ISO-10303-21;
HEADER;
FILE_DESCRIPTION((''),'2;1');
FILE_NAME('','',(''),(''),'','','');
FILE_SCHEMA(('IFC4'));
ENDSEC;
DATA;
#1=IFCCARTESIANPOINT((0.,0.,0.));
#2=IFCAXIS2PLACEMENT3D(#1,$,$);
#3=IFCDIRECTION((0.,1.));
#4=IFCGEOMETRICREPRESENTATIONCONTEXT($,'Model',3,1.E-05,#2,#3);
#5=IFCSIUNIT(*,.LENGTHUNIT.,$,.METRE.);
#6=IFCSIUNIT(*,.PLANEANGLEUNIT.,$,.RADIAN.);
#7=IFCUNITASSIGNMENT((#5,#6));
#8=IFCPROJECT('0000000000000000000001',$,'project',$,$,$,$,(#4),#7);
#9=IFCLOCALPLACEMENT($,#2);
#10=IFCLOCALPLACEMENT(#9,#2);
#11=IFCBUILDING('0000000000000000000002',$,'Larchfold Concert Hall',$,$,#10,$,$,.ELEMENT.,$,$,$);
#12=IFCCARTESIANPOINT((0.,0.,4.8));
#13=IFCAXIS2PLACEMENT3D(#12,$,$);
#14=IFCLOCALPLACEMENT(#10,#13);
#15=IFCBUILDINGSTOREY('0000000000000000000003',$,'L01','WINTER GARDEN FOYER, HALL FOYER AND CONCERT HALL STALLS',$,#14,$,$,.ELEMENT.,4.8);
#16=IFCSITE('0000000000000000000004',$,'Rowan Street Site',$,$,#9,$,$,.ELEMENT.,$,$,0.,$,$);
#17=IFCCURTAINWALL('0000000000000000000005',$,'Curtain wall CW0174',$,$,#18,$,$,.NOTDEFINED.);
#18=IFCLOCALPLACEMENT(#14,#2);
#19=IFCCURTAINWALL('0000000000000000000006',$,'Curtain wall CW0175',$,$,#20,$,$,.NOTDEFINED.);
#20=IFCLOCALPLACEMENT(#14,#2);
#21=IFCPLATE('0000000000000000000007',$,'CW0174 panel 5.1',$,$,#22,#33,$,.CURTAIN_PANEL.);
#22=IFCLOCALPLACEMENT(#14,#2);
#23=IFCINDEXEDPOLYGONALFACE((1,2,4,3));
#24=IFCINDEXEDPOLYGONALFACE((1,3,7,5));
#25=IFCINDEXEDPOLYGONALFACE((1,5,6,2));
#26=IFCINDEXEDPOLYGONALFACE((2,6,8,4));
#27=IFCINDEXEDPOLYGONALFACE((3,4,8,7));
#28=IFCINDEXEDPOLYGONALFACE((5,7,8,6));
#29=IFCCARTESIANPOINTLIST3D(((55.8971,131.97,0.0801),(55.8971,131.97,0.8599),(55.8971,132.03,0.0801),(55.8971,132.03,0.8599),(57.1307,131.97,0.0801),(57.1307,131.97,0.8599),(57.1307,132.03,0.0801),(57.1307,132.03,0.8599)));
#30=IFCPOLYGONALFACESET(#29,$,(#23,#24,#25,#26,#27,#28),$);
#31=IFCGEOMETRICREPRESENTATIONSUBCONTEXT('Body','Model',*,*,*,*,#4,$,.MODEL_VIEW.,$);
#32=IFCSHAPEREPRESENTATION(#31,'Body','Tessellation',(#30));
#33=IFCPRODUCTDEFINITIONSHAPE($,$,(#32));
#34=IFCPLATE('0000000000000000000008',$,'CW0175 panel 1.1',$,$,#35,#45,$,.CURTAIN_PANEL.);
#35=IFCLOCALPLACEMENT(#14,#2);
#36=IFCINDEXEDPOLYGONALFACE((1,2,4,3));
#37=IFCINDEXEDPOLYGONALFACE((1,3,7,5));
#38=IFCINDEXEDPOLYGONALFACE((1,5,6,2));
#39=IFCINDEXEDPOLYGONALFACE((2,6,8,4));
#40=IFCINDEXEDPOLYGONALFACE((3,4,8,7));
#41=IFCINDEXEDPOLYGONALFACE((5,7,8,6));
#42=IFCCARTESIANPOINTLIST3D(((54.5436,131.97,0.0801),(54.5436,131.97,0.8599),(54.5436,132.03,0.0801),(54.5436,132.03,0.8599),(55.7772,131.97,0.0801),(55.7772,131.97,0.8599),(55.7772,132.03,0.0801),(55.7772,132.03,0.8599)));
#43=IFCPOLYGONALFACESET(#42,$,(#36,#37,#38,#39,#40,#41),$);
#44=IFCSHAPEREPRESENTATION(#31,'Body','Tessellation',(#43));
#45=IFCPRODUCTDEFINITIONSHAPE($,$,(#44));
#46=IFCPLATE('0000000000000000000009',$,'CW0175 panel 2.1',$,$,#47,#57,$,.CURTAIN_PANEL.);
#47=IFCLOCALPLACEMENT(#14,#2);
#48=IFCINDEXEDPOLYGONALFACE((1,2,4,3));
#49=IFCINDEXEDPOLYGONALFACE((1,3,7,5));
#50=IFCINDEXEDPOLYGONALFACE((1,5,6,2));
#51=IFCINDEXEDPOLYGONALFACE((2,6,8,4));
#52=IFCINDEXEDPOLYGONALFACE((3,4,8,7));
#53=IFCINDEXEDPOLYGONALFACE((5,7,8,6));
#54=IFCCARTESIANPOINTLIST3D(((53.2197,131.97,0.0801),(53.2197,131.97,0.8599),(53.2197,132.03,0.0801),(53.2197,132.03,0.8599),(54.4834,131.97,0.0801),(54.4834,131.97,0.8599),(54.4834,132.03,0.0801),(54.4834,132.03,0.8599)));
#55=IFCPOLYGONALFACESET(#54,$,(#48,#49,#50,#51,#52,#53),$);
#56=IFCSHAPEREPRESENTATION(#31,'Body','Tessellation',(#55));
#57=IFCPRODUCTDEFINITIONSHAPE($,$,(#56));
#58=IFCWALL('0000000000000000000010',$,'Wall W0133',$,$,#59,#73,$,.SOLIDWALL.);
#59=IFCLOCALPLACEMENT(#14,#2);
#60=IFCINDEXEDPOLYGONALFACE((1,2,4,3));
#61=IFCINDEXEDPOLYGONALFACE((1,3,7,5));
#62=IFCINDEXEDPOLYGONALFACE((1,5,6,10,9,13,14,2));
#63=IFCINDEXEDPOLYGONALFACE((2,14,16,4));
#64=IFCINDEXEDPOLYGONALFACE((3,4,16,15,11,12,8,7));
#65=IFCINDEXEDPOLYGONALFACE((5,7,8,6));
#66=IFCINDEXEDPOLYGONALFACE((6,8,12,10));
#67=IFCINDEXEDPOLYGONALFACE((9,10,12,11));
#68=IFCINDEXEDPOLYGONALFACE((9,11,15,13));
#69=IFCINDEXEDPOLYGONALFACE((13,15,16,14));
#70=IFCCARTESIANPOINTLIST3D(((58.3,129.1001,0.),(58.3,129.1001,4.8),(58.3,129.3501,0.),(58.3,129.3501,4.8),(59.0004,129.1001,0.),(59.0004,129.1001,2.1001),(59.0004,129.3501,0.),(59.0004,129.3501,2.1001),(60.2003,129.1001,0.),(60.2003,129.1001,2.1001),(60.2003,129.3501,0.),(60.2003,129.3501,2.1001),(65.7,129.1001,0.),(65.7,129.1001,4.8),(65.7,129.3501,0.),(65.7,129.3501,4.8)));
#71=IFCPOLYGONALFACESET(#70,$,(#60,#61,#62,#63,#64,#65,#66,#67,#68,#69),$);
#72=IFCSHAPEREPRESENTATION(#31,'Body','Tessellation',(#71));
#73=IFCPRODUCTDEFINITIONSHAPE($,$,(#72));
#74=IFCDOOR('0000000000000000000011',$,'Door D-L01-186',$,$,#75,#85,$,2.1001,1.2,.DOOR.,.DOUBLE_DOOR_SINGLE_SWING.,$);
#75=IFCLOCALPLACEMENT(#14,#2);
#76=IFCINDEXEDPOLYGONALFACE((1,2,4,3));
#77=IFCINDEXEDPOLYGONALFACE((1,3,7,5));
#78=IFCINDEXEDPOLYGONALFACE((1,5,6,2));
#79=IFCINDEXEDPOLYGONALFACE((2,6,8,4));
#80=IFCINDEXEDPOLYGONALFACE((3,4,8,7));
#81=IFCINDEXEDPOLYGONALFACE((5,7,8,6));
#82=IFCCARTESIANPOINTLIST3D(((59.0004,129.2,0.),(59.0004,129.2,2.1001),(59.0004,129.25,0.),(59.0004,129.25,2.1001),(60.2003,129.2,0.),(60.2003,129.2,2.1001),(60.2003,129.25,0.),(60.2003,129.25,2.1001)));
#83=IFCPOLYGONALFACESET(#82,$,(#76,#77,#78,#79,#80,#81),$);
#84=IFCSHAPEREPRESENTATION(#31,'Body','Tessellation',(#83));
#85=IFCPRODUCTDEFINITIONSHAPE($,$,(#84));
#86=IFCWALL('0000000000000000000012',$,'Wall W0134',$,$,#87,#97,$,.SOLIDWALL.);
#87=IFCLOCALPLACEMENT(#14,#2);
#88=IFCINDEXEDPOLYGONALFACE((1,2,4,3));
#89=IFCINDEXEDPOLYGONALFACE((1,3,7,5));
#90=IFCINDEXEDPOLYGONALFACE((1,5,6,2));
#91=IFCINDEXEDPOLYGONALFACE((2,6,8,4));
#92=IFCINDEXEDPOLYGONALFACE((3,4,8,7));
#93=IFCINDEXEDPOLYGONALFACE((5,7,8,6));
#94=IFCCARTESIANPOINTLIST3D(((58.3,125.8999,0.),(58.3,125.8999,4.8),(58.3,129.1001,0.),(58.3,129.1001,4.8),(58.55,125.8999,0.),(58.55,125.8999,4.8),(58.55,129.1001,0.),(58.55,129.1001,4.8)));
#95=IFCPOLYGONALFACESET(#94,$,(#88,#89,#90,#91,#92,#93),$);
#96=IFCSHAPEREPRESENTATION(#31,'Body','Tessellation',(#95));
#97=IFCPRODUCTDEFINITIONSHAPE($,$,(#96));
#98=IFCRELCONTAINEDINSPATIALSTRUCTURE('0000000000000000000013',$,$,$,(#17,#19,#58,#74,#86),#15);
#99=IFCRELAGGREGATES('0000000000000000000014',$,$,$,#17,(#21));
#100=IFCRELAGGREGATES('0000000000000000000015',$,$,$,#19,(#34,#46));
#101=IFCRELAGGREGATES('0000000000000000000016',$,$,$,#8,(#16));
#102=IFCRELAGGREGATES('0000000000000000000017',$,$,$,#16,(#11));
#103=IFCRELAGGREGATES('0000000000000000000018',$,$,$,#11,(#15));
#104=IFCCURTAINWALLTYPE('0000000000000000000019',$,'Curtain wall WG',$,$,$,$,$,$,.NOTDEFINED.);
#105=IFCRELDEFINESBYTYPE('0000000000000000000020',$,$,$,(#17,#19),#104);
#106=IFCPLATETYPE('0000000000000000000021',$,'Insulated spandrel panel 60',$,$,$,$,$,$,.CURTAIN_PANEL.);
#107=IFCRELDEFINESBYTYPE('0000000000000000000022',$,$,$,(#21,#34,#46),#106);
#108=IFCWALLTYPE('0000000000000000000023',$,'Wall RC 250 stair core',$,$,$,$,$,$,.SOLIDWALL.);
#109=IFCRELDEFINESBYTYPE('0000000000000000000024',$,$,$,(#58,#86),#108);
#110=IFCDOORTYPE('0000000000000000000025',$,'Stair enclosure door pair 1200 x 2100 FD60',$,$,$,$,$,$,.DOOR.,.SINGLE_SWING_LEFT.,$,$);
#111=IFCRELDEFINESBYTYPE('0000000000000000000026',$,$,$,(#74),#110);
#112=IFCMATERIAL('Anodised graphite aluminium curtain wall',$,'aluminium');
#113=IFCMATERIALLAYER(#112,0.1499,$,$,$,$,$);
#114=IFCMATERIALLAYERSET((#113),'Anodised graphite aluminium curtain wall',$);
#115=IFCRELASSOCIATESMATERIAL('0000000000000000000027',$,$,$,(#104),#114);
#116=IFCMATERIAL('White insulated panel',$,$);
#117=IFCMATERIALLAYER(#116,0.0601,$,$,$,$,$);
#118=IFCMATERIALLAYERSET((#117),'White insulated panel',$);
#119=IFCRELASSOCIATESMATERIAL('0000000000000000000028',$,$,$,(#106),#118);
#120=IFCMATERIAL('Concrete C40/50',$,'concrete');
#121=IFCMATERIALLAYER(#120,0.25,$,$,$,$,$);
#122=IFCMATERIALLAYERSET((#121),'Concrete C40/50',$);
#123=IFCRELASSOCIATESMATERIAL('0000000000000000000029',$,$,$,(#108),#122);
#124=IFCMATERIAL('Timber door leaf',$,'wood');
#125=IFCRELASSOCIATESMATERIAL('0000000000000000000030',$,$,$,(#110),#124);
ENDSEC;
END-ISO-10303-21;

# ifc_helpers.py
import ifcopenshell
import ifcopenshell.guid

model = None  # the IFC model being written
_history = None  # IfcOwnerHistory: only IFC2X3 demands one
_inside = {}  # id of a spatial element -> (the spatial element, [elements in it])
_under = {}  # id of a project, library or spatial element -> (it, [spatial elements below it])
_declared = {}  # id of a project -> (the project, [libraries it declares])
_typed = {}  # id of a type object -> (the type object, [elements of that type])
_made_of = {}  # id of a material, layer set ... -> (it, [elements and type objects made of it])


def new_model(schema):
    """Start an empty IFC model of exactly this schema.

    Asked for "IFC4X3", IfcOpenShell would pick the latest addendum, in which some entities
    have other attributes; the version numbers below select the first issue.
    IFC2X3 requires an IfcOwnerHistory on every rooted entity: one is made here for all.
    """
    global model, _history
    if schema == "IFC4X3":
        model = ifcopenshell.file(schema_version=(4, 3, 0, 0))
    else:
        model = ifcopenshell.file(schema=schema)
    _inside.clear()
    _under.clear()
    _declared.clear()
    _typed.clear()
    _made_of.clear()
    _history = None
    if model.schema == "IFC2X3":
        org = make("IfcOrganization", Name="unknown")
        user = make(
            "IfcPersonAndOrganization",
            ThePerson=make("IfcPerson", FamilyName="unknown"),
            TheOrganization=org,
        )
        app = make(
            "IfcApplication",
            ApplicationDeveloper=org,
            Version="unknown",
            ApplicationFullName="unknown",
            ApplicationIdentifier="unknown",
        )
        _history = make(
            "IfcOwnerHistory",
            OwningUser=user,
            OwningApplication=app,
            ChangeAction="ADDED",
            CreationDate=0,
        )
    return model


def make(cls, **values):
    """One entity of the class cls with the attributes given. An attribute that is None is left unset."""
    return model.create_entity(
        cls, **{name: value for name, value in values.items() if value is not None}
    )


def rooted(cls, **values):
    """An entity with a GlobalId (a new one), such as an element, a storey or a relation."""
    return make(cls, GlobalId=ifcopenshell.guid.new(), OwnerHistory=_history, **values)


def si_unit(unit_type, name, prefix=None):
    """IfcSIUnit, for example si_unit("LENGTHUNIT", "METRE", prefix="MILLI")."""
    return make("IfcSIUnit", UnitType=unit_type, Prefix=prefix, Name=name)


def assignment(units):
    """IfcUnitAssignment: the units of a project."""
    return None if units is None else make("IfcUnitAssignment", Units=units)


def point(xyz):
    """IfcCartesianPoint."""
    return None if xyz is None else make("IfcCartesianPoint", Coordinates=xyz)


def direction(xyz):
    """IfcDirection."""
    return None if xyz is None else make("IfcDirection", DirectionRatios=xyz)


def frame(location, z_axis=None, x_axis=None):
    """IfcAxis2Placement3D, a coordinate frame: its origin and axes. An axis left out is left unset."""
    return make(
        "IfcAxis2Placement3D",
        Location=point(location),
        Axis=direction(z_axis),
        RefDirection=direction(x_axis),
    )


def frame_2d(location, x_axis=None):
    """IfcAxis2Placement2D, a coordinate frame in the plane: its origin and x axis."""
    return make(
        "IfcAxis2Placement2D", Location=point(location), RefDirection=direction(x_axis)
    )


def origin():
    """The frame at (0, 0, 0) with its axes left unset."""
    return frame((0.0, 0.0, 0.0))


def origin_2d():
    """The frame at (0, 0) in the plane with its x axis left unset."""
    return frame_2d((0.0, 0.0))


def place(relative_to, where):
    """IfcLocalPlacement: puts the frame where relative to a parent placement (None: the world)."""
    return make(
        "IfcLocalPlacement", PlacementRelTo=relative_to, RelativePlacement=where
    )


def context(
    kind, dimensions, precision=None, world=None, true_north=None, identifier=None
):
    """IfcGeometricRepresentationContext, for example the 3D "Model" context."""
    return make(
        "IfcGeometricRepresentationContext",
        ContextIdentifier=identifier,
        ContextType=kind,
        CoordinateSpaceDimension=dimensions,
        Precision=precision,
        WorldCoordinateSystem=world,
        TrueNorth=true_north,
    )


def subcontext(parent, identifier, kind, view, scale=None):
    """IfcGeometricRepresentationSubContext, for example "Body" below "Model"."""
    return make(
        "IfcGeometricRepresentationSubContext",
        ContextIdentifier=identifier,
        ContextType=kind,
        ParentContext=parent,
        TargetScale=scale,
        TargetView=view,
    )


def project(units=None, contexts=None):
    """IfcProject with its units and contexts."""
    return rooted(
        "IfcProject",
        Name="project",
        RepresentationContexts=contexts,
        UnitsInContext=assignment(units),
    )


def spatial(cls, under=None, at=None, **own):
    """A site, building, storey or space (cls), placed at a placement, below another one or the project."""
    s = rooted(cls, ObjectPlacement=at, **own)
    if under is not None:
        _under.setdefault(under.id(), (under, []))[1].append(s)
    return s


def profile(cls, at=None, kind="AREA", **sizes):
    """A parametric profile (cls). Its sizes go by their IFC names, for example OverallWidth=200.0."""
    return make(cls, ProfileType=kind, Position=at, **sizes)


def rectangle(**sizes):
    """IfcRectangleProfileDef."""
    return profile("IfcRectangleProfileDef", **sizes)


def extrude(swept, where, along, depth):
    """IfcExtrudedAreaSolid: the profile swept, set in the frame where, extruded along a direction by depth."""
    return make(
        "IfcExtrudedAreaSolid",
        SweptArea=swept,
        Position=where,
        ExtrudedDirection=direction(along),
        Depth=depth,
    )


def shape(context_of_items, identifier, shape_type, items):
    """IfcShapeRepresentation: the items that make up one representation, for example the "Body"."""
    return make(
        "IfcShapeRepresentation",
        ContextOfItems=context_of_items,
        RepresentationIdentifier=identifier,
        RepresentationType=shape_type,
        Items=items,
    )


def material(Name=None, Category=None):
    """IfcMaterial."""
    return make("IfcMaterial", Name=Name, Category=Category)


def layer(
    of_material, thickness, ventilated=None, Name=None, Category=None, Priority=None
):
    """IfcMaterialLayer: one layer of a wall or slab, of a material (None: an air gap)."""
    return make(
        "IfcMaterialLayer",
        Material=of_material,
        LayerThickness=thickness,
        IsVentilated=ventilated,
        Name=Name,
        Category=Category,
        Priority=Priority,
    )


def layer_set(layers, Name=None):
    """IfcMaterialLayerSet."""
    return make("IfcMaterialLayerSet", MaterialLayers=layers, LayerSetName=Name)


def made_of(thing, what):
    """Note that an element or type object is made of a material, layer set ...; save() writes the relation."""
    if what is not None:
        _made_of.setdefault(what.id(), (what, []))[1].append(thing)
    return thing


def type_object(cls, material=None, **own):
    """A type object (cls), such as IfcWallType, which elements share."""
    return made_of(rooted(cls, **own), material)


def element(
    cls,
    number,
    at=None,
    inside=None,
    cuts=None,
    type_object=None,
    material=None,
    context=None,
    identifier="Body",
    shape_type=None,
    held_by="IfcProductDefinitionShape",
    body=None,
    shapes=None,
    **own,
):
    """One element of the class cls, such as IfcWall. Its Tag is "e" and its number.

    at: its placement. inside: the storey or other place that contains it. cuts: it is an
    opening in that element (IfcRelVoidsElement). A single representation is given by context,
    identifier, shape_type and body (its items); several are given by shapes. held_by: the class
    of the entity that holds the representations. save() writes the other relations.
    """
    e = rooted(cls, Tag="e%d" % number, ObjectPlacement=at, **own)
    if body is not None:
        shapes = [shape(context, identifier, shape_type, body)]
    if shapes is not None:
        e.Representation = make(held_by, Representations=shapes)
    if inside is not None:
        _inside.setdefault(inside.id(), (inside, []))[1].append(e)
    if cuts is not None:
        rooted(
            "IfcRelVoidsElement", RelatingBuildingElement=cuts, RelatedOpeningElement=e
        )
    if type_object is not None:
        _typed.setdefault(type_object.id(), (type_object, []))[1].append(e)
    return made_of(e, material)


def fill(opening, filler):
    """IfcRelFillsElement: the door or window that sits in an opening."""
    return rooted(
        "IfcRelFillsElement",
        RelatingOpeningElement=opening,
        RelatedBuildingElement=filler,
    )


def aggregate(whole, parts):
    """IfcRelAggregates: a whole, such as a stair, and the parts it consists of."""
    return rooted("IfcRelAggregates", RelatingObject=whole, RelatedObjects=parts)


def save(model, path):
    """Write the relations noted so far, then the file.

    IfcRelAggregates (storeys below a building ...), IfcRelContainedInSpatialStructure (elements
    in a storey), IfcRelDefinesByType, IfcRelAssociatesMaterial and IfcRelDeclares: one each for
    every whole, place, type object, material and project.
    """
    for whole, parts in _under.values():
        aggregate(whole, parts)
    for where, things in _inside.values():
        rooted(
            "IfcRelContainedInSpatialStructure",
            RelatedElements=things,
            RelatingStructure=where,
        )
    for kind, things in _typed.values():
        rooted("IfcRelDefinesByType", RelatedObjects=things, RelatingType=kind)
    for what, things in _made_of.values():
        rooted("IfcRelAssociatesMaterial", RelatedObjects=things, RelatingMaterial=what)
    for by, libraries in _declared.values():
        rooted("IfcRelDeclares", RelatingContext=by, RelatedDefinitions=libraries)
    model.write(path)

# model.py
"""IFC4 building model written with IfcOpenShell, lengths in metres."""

from ifc_helpers import new_model, si_unit, direction, frame, frame_2d, origin, origin_2d, place, context, subcontext, project, spatial, rectangle, extrude, material, layer, layer_set, type_object, element, fill, aggregate, save


model = new_model("IFC4")

# Units and contexts
model_context = context("Model", 3, precision=1e-05, world=origin(), true_north=direction((0.0, 1.0)))
body_context = subcontext(model_context, "Body", "Model", "MODEL_VIEW")
ifc_project = project(units=[si_unit("LENGTHUNIT", "METRE"), si_unit("PLANEANGLEUNIT", "RADIAN")], contexts=[model_context])

# Site, building, storey
site_placement = place(None, origin())
site = spatial("IfcSite", under=ifc_project, at=site_placement, Name="Rowan Street Site", CompositionType="ELEMENT", RefElevation=0.0)
building_placement = place(site_placement, origin())
building = spatial("IfcBuilding", under=site, at=building_placement, Name="Larchfold Concert Hall", CompositionType="ELEMENT")
storey_placement = place(building_placement, frame((0.0, 0.0, 4.8)))
storey = spatial("IfcBuildingStorey", under=building, at=storey_placement, Name="L01", Description="WINTER GARDEN FOYER, HALL FOYER AND CONCERT HALL STALLS", CompositionType="ELEMENT", Elevation=4.8)

# Curtain walls
ifc_material_1 = material(Name="Anodised graphite aluminium curtain wall", Category="aluminium")
ifc_layer_1 = layer(ifc_material_1, 0.1499)
ifc_layer_set_1 = layer_set([ifc_layer_1], Name="Anodised graphite aluminium curtain wall")
curtain_wall_type = type_object("IfcCurtainWallType", Name="Curtain wall WG", PredefinedType="NOTDEFINED", material=ifc_layer_set_1)
curtain_wall_1_placement = place(storey_placement, origin())
curtain_wall_1 = element("IfcCurtainWall", 1, at=curtain_wall_1_placement, inside=storey, type_object=curtain_wall_type, Name="Curtain wall CW0174", PredefinedType="NOTDEFINED")
curtain_wall_2_placement = place(storey_placement, origin())
curtain_wall_2 = element("IfcCurtainWall", 2, at=curtain_wall_2_placement, inside=storey, type_object=curtain_wall_type, Name="Curtain wall CW0175", PredefinedType="NOTDEFINED")

# Plates
ifc_material_2 = material(Name="White insulated panel")
ifc_layer_2 = layer(ifc_material_2, 0.0601)
ifc_layer_set_2 = layer_set([ifc_layer_2], Name="White insulated panel")
plate_type_1 = type_object("IfcPlateType", Name="Insulated spandrel panel 60", PredefinedType="CURTAIN_PANEL", material=ifc_layer_set_2)
plate_1_placement = place(storey_placement, frame((56.5139, 132.0, 0.0801), z_axis=(0.0, 0.0, 1.0), x_axis=(-1.0, 0.0, 0.0)))
plate_1 = element("IfcPlate", 3, at=plate_1_placement, type_object=plate_type_1, Name="CW0174 panel 5.1", PredefinedType="CURTAIN_PANEL", context=body_context, shape_type="SweptSolid", body=[
    extrude(rectangle(XDim=1.2336, YDim=0.0601, at=origin_2d()), origin(), (0.0, 0.0, 1.0), 0.7798),
])
aggregate(curtain_wall_1, [plate_1])
plate_2_placement = place(storey_placement, frame((55.1604, 132.0, 0.0801), z_axis=(0.0, 0.0, 1.0), x_axis=(-1.0, 0.0, 0.0)))
plate_2 = element("IfcPlate", 4, at=plate_2_placement, type_object=plate_type_1, Name="CW0175 panel 1.1", PredefinedType="CURTAIN_PANEL", context=body_context, shape_type="SweptSolid", body=[
    extrude(rectangle(XDim=1.2336, YDim=0.0601, at=origin_2d()), origin(), (0.0, 0.0, 1.0), 0.7798),
])
plate_3_placement = place(storey_placement, frame((53.8516, 132.0, 0.0801), z_axis=(0.0, 0.0, 1.0), x_axis=(-1.0, 0.0, 0.0)))
plate_3 = element("IfcPlate", 5, at=plate_3_placement, type_object=plate_type_1, Name="CW0175 panel 2.1", PredefinedType="CURTAIN_PANEL", context=body_context, shape_type="SweptSolid", body=[
    extrude(rectangle(XDim=1.2637, YDim=0.0601, at=origin_2d()), origin(), (0.0, 0.0, 1.0), 0.7798),
])
aggregate(curtain_wall_2, [plate_2, plate_3])

# Wall, opening, door
ifc_material_3 = material(Name="Concrete C40/50", Category="concrete")
ifc_layer_3 = layer(ifc_material_3, 0.25)
ifc_layer_set_3 = layer_set([ifc_layer_3], Name="Concrete C40/50")
wall_type = type_object("IfcWallType", Name="Wall RC 250 stair core", PredefinedType="SOLIDWALL", material=ifc_layer_set_3)
wall_1_placement = place(storey_placement, frame((58.3, 129.2251, 0.0), z_axis=(0.0, 0.0, 1.0), x_axis=(1.0, 0.0, 0.0)))
wall_1 = element("IfcWall", 6, at=wall_1_placement, inside=storey, type_object=wall_type, Name="Wall W0133", PredefinedType="SOLIDWALL", context=body_context, shape_type="SweptSolid", body=[
    extrude(rectangle(XDim=7.3999, YDim=0.25, at=frame_2d((3.7, 0.0))), origin(), (0.0, 0.0, 1.0), 4.8),
])
opening_placement = place(wall_1_placement, frame((0.7002, 0.0, 0.0)))
opening = element("IfcOpeningElement", 7, at=opening_placement, cuts=wall_1, PredefinedType="OPENING", context=body_context, shape_type="SweptSolid", body=[
    extrude(rectangle(XDim=1.2, YDim=2.1001, at=frame_2d((0.6001, 1.05))), frame((0.0, 0.135, 0.0), z_axis=(0.0, -1.0, 0.0), x_axis=(1.0, 0.0, 0.0)), (0.0, 0.0, 1.0), 0.27),
])
ifc_material_4 = material(Name="Timber door leaf", Category="wood")
door_type = type_object("IfcDoorType", Name="Stair enclosure door pair 1200 x 2100 FD60", OperationType="SINGLE_SWING_LEFT", PredefinedType="DOOR", material=ifc_material_4)
door_placement = place(opening_placement, origin())
door = element("IfcDoor", 8, at=door_placement, inside=storey, type_object=door_type, Name="Door D-L01-186", OperationType="DOUBLE_DOOR_SINGLE_SWING", OverallHeight=2.1001, OverallWidth=1.2, PredefinedType="DOOR", context=body_context, shape_type="SweptSolid", body=[
    extrude(rectangle(XDim=1.2, YDim=2.1001, at=frame_2d((0.6001, 1.05))), frame((0.0, 0.0249, 0.0), z_axis=(0.0, -1.0, 0.0), x_axis=(1.0, 0.0, 0.0)), (0.0, 0.0, 1.0), 0.05),
])
fill(opening, door)

# Wall
wall_2_placement = place(storey_placement, frame((58.425, 125.8999, 0.0), z_axis=(0.0, 0.0, 1.0), x_axis=(0.0, 1.0, 0.0)))
element("IfcWall", 9, at=wall_2_placement, inside=storey, type_object=wall_type, Name="Wall W0134", PredefinedType="SOLIDWALL", context=body_context, shape_type="SweptSolid", body=[
    extrude(rectangle(XDim=3.2002, YDim=0.25, at=frame_2d((1.6001, 0.0))), origin(), (0.0, 0.0, 1.0), 4.8),
])

save(model, "model.ifc")
